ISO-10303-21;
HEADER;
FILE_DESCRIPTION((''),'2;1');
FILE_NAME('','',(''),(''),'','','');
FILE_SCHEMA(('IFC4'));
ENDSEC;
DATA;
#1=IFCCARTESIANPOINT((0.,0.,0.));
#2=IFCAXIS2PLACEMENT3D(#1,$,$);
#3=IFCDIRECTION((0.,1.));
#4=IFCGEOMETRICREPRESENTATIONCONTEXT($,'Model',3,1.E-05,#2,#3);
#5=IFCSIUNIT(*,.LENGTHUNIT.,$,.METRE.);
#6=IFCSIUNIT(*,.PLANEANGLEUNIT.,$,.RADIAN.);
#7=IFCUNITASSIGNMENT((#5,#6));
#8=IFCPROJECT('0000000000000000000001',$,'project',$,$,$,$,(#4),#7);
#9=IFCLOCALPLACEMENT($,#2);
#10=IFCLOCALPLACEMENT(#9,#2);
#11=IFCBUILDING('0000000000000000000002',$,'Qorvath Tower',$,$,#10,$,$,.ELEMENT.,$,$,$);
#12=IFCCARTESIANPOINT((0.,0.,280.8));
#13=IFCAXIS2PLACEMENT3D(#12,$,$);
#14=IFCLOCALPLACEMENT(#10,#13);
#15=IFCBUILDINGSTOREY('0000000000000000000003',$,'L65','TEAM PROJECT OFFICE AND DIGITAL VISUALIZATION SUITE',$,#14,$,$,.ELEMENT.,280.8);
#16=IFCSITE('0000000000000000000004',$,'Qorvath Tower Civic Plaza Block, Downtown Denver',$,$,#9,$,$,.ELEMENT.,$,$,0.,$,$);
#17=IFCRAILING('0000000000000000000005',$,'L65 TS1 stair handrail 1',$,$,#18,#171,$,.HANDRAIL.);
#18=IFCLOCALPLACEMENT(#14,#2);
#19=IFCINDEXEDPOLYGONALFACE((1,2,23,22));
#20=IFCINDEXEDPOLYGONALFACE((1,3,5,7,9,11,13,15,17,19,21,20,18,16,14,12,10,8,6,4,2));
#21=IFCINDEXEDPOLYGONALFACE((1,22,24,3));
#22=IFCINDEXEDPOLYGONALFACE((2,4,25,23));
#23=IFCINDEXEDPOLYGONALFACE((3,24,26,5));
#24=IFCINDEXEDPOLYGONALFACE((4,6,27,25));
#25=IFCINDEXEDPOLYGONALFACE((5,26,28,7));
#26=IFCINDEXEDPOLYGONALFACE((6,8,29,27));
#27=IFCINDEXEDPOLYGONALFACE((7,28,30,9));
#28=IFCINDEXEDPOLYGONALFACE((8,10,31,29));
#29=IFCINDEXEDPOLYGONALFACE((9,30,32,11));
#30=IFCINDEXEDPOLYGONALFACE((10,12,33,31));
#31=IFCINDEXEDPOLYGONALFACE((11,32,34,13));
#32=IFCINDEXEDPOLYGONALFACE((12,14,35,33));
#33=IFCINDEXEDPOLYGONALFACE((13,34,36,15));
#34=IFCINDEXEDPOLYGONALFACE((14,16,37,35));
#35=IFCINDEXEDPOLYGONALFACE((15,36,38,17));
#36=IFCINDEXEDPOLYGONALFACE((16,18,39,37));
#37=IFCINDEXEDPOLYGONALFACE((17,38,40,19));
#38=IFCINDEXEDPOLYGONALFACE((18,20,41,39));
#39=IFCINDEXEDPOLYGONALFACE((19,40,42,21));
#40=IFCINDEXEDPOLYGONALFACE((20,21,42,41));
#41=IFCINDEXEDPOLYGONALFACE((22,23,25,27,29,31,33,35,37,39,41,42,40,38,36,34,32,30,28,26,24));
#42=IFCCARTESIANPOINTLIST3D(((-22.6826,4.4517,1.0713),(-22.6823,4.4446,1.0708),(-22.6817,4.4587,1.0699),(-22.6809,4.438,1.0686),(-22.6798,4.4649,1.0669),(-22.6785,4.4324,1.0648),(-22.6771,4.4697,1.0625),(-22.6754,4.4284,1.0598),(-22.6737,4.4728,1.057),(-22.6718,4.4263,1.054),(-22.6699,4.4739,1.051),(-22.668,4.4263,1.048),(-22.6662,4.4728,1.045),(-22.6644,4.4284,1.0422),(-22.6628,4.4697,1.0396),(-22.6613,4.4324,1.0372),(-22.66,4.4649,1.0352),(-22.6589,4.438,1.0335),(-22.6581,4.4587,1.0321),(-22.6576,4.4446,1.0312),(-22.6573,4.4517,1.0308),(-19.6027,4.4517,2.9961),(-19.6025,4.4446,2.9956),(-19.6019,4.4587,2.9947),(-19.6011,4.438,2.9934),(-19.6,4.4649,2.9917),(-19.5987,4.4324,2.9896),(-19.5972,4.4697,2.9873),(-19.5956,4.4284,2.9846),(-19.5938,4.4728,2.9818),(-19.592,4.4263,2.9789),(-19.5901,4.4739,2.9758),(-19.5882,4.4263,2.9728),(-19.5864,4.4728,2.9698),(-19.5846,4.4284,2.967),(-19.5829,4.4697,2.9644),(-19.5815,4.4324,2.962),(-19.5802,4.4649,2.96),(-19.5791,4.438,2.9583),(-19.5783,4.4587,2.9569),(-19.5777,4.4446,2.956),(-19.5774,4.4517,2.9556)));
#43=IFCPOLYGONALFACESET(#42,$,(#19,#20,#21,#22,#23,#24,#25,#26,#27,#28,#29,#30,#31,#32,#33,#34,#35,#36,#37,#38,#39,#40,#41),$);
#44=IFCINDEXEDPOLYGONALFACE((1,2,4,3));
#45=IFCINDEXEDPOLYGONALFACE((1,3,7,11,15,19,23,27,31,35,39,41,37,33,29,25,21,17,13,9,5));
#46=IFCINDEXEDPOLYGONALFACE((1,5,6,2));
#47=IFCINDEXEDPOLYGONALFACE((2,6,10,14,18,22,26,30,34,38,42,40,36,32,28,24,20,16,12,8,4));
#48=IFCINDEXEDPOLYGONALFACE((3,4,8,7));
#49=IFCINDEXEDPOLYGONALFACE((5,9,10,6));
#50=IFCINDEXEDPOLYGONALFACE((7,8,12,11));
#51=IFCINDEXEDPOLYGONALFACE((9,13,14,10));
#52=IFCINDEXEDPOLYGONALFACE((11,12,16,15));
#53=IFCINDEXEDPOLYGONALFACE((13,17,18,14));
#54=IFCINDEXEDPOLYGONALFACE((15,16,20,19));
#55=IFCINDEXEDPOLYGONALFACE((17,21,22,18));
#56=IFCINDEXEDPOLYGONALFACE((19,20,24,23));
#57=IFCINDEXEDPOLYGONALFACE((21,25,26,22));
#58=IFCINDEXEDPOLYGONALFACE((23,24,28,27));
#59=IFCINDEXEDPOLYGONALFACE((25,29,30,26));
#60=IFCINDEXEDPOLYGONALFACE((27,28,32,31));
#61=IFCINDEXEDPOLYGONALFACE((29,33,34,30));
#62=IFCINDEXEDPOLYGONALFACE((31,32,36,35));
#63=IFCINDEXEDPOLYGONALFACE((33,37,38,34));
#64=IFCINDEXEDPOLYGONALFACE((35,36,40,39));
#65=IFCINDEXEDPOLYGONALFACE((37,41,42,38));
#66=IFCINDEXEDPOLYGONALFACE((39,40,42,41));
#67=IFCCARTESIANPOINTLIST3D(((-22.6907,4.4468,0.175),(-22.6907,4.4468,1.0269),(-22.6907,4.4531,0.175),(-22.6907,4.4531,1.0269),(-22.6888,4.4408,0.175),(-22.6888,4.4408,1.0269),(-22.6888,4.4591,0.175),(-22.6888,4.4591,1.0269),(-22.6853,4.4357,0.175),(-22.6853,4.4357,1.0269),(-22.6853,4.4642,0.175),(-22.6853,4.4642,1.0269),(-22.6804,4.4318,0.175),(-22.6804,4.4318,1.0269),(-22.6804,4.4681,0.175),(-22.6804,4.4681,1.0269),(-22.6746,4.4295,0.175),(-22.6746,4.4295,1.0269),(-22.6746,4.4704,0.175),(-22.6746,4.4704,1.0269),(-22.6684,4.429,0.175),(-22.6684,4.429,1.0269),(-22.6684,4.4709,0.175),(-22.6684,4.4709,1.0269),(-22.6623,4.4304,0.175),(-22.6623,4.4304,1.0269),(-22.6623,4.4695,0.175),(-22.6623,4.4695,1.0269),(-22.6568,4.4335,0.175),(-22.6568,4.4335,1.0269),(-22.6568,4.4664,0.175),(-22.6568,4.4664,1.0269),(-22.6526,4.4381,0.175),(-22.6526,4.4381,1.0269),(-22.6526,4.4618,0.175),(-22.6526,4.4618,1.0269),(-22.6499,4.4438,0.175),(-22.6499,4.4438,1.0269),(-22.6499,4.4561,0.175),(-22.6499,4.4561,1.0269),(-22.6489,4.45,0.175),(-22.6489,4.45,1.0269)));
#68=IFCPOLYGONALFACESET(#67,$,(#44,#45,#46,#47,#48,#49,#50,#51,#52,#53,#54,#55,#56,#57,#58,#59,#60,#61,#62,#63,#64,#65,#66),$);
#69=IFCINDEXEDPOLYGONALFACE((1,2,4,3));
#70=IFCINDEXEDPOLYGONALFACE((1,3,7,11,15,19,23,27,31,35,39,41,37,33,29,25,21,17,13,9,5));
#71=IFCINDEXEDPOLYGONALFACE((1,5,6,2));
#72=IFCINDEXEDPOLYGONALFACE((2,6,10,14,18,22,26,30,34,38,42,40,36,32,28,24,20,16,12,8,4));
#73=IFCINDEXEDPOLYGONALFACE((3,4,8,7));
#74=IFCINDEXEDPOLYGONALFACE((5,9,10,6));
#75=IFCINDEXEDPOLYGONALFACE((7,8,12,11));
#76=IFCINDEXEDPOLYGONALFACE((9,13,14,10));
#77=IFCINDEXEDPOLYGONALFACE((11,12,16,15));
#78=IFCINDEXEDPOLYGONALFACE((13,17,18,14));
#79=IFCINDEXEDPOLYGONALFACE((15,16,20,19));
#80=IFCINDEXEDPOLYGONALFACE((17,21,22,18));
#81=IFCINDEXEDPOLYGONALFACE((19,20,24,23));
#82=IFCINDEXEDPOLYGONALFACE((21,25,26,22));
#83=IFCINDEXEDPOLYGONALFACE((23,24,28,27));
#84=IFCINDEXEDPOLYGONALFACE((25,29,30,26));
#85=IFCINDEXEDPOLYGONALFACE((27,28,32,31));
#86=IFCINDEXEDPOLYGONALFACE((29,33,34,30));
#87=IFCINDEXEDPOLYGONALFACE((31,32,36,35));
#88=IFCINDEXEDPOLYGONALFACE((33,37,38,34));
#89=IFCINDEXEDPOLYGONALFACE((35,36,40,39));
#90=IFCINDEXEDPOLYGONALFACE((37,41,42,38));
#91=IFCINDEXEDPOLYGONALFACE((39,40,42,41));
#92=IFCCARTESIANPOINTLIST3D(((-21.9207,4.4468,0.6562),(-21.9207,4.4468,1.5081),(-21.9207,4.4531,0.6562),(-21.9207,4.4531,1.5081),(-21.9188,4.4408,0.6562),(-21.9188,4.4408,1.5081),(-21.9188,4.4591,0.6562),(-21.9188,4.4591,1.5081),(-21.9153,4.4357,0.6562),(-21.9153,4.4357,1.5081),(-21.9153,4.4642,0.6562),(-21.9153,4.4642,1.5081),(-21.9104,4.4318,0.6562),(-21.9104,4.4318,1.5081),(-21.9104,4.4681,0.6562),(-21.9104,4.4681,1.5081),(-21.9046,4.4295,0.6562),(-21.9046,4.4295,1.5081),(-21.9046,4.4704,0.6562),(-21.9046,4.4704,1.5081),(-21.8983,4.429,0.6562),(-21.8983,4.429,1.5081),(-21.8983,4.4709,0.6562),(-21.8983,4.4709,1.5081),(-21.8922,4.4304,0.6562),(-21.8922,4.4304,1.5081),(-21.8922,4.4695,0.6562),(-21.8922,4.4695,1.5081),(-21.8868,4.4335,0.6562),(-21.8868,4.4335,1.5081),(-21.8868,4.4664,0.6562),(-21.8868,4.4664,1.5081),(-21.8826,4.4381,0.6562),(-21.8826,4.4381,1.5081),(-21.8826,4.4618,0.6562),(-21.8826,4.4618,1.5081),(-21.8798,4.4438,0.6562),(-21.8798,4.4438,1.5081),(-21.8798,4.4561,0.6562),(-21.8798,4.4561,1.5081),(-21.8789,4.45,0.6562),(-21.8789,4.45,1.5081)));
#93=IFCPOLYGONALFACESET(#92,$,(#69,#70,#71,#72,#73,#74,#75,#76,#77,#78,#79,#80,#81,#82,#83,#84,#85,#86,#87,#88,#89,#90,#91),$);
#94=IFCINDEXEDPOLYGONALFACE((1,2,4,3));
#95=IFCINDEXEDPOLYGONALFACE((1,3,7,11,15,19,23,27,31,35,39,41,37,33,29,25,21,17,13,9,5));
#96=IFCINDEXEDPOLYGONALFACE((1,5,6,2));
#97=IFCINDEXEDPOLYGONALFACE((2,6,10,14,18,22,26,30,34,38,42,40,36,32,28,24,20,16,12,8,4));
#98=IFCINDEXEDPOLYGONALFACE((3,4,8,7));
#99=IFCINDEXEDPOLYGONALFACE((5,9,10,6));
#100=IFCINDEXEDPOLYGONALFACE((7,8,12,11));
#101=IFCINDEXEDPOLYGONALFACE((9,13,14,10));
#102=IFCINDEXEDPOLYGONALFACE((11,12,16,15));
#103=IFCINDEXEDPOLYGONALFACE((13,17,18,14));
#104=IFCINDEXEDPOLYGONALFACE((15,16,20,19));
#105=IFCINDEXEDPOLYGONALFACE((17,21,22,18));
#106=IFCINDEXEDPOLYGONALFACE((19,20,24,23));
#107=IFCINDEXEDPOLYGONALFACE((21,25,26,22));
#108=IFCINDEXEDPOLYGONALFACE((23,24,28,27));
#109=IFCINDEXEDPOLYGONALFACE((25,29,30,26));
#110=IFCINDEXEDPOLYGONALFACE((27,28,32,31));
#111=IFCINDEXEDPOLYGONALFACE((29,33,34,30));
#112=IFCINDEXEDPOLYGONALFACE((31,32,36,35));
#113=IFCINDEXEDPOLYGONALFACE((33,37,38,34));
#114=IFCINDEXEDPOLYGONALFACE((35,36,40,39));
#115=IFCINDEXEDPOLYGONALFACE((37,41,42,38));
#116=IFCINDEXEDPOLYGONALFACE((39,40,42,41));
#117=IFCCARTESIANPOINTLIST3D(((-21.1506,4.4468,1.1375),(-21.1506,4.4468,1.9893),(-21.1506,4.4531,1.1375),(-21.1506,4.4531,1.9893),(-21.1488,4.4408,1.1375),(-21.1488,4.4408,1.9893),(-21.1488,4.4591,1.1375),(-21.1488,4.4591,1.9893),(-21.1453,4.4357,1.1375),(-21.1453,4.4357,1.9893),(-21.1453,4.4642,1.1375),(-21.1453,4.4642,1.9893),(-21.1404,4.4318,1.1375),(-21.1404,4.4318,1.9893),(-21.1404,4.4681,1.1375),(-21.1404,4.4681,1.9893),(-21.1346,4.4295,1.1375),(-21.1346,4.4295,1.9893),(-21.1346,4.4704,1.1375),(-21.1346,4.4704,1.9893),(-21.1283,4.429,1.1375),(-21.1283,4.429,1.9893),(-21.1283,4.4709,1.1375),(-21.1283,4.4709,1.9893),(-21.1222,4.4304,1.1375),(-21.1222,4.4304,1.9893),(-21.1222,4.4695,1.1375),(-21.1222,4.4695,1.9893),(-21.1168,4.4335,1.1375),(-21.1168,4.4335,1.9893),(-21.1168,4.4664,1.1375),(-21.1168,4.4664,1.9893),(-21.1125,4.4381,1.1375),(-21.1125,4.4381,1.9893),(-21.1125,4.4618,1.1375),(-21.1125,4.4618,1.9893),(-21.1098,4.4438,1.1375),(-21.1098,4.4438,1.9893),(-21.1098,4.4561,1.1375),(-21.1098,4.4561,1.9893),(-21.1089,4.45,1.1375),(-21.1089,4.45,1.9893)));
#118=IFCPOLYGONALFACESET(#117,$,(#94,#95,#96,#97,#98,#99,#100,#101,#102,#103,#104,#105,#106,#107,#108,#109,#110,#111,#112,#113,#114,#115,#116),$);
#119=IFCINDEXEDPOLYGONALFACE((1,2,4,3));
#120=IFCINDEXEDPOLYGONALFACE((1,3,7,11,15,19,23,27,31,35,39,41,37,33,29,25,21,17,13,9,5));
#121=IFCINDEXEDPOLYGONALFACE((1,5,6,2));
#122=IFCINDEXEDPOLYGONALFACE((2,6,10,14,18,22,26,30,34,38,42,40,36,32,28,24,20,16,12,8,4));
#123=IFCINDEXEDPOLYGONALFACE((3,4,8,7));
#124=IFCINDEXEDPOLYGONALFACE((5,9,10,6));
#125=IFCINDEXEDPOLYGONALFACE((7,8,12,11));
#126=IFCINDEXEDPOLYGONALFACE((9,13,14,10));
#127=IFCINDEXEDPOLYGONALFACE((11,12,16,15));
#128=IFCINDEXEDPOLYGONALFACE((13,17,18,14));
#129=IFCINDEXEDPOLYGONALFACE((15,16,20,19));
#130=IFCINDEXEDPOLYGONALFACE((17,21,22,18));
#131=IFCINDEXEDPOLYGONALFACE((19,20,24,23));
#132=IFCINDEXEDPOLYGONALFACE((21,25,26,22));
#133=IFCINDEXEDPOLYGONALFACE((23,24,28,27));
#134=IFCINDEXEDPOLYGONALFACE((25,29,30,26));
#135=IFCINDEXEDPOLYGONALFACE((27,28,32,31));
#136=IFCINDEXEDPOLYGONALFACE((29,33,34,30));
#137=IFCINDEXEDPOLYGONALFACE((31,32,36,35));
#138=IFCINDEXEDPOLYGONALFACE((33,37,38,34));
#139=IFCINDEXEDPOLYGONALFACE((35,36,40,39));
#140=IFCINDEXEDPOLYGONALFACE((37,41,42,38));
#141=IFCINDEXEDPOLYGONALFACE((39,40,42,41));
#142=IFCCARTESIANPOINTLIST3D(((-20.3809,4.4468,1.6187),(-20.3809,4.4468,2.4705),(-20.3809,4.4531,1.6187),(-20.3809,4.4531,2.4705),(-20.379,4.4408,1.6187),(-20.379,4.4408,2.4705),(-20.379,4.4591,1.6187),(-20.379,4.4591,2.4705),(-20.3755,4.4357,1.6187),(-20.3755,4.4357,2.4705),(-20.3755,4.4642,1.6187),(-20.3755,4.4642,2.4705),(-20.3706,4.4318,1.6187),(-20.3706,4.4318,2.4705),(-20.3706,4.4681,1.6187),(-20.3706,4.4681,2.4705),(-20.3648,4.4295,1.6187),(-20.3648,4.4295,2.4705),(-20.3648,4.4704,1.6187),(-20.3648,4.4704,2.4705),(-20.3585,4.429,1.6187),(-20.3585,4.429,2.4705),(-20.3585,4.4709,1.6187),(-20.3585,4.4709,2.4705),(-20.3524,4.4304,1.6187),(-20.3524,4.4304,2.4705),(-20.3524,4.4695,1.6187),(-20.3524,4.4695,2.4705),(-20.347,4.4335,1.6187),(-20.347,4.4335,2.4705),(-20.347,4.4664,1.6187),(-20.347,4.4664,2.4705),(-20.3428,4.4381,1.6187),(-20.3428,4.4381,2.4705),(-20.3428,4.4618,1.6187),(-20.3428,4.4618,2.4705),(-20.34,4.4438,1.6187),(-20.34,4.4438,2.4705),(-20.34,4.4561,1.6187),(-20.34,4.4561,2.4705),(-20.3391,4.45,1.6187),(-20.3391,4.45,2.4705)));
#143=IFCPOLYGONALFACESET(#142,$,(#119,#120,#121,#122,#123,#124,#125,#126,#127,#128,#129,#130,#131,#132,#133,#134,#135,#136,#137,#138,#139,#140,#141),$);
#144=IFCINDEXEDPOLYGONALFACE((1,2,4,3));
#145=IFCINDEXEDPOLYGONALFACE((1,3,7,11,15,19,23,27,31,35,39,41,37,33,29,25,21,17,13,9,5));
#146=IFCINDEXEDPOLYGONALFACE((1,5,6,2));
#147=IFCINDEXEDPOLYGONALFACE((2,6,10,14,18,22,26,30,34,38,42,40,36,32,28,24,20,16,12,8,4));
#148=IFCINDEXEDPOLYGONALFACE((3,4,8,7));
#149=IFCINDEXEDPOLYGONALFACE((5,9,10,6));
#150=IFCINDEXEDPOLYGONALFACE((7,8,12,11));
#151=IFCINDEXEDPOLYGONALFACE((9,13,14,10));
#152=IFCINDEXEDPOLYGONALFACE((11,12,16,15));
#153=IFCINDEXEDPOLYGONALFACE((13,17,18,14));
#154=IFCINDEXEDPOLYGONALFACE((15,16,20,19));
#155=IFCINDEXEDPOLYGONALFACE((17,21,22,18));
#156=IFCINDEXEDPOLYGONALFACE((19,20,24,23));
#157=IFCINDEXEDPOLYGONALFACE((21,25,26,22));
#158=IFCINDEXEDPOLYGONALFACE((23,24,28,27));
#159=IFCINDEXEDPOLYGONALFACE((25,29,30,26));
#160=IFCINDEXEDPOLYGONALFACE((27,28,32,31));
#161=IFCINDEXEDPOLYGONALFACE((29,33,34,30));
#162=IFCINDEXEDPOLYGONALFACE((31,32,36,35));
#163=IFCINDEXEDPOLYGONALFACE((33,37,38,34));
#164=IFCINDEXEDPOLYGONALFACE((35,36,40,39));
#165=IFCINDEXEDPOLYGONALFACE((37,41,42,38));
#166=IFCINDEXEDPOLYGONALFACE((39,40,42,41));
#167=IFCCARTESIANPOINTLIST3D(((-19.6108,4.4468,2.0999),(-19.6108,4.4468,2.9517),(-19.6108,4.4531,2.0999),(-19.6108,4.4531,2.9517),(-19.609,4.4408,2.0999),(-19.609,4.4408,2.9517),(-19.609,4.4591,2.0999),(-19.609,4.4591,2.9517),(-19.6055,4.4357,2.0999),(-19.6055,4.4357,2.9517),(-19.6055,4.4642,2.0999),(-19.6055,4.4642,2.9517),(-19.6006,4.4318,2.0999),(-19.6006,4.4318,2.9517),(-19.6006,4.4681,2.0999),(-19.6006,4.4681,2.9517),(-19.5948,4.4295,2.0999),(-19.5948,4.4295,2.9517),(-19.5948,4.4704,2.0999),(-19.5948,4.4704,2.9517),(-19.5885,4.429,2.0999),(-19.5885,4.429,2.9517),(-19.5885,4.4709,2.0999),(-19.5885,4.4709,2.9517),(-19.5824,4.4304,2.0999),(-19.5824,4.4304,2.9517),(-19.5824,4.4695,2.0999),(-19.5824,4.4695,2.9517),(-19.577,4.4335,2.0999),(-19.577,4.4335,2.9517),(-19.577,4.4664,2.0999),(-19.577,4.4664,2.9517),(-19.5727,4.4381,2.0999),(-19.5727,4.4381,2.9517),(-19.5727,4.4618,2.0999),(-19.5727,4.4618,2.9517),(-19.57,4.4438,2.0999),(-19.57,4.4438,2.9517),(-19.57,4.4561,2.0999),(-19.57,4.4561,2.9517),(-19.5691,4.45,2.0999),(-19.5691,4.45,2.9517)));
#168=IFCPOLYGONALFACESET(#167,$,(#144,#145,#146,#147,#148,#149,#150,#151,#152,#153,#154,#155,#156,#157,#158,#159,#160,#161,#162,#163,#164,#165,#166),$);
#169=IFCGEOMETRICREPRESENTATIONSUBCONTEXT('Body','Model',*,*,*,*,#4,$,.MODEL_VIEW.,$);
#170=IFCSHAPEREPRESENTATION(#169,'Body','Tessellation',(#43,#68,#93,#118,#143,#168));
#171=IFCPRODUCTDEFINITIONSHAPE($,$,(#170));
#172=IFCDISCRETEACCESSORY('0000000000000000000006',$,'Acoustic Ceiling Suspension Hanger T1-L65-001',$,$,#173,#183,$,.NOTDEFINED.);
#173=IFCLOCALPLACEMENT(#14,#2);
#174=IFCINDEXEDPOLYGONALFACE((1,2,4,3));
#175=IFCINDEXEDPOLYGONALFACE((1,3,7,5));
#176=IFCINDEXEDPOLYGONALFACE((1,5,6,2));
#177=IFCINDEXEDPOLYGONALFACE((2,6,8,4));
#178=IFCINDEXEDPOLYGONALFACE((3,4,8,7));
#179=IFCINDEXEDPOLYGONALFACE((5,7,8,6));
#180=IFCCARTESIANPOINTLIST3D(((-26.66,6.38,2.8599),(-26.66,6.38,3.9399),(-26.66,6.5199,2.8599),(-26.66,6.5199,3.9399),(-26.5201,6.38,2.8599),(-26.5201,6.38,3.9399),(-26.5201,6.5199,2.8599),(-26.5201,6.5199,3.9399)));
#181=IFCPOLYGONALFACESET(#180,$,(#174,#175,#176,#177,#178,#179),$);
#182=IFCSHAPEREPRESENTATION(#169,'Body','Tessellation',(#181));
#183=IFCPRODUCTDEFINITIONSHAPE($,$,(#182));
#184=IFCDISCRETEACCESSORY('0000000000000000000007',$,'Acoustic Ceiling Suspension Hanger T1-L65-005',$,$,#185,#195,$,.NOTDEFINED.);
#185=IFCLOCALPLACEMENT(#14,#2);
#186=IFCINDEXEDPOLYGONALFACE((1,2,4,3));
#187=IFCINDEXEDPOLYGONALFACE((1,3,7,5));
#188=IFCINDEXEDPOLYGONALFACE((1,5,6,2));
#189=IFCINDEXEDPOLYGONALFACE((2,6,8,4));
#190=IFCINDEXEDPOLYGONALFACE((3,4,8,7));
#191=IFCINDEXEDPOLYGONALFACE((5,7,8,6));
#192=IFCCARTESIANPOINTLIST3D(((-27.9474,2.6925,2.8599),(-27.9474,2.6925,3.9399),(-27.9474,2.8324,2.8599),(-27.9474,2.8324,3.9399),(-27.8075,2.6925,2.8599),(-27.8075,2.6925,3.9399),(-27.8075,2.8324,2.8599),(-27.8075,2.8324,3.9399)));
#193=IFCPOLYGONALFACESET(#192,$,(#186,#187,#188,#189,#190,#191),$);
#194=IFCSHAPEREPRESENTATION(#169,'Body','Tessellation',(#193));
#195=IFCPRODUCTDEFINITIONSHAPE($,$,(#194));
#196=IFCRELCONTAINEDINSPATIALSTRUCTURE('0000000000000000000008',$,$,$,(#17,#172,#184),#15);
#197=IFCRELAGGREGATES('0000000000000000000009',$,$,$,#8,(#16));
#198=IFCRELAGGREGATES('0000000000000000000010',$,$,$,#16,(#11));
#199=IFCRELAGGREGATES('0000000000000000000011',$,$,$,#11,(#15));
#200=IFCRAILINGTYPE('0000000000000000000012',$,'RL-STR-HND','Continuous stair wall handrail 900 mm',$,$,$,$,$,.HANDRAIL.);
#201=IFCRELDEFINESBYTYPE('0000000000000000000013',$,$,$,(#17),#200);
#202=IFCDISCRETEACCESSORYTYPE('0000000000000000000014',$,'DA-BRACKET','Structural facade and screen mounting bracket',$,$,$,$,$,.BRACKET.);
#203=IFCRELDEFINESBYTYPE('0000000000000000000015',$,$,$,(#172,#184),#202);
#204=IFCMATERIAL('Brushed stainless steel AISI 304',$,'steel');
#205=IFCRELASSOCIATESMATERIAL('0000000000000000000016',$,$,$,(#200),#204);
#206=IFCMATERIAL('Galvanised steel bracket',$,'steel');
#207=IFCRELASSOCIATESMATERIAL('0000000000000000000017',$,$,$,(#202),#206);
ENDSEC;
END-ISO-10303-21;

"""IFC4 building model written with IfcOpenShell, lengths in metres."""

from ifc_helpers import new_model, si_unit, direction, frame, origin, origin_2d, place, context, subcontext, project, spatial, rectangle, circle, extrude, material, type_object, element, save


model = new_model("IFC4")

# Units and contexts
model_context = context("Model", 3, precision=1e-05, world=origin(), true_north=direction((0.0, 1.0)))
body_context = subcontext(model_context, "Body", "Model", "MODEL_VIEW")
ifc_project = project(units=[si_unit("LENGTHUNIT", "METRE"), si_unit("PLANEANGLEUNIT", "RADIAN")], contexts=[model_context])

# Site, building, storey
site_placement = place(None, origin())
site = spatial("IfcSite", under=ifc_project, at=site_placement, Name="Qorvath Tower Civic Plaza Block, Downtown Denver", CompositionType="ELEMENT", RefElevation=0.0)
building_placement = place(site_placement, origin())
building = spatial("IfcBuilding", under=site, at=building_placement, Name="Qorvath Tower", CompositionType="ELEMENT")
storey_placement = place(building_placement, frame((0.0, 0.0, 280.8)))
storey = spatial("IfcBuildingStorey", under=building, at=storey_placement, Name="L65", Description="TEAM PROJECT OFFICE AND DIGITAL VISUALIZATION SUITE", CompositionType="ELEMENT", Elevation=280.8)

# Railing
ifc_material_1 = material(Name="Brushed stainless steel AISI 304", Category="steel")
railing_type_1 = type_object("IfcRailingType", Name="RL-STR-HND", Description="Continuous stair wall handrail 900 mm", PredefinedType="HANDRAIL", material=ifc_material_1)
railing_1_placement = place(storey_placement, frame((-22.6699, 4.45, 0.175)))
element("IfcRailing", 1, at=railing_1_placement, inside=storey, type_object=railing_type_1, Name="L65 TS1 stair handrail 1", PredefinedType="HANDRAIL", context=body_context, shape_type="SweptSolid", body=[
    extrude(circle(Radius=0.0239, at=origin_2d()), frame((0.0, 0.0, 0.876), z_axis=(0.84801, 0.0, 0.529981), x_axis=(0.0, 1.0, 0.0)), (0.0, 0.0, 1.0), 3.6318),
    extrude(circle(Radius=0.021, at=origin_2d()), origin(), (0.0, 0.0, 1.0), 0.8518),
    extrude(circle(Radius=0.021, at=origin_2d()), frame((0.77, 0.0, 0.4812)), (0.0, 0.0, 1.0), 0.8518),
    extrude(circle(Radius=0.021, at=origin_2d()), frame((1.54, 0.0, 0.9624)), (0.0, 0.0, 1.0), 0.8518),
    extrude(circle(Radius=0.021, at=origin_2d()), frame((2.3098, 0.0, 1.4436)), (0.0, 0.0, 1.0), 0.8518),
    extrude(circle(Radius=0.021, at=origin_2d()), frame((3.0798, 0.0, 1.9248)), (0.0, 0.0, 1.0), 0.8518),
])

# Discrete accessories
ifc_material_2 = material(Name="Galvanised steel bracket", Category="steel")
discrete_accessory_type = type_object("IfcDiscreteAccessoryType", Name="DA-BRACKET", Description="Structural facade and screen mounting bracket", PredefinedType="BRACKET", material=ifc_material_2)
for number, where, z_axis, x_axis, name in (
    (2, (-26.5901, 6.45, 2.8599), (0.0, 0.0, 1.0), (1.0, 0.0, 0.0), "Acoustic Ceiling Suspension Hanger T1-L65-001"),
    (3, (-27.8774, 2.7625, 2.8599), (0.0, 0.0, 1.0), (1.0, 0.0, 0.0), "Acoustic Ceiling Suspension Hanger T1-L65-005"),
):
    element("IfcDiscreteAccessory", number, at=place(storey_placement, frame(where, z_axis=z_axis, x_axis=x_axis)), inside=storey, type_object=discrete_accessory_type, Name=name, PredefinedType="NOTDEFINED", context=body_context, shape_type="SweptSolid", body=[
        extrude(rectangle(XDim=0.1399, YDim=0.1399, at=origin_2d()), origin(), (0.0, 0.0, 1.0), 1.0801),
    ])

save(model, "model.ifc")
